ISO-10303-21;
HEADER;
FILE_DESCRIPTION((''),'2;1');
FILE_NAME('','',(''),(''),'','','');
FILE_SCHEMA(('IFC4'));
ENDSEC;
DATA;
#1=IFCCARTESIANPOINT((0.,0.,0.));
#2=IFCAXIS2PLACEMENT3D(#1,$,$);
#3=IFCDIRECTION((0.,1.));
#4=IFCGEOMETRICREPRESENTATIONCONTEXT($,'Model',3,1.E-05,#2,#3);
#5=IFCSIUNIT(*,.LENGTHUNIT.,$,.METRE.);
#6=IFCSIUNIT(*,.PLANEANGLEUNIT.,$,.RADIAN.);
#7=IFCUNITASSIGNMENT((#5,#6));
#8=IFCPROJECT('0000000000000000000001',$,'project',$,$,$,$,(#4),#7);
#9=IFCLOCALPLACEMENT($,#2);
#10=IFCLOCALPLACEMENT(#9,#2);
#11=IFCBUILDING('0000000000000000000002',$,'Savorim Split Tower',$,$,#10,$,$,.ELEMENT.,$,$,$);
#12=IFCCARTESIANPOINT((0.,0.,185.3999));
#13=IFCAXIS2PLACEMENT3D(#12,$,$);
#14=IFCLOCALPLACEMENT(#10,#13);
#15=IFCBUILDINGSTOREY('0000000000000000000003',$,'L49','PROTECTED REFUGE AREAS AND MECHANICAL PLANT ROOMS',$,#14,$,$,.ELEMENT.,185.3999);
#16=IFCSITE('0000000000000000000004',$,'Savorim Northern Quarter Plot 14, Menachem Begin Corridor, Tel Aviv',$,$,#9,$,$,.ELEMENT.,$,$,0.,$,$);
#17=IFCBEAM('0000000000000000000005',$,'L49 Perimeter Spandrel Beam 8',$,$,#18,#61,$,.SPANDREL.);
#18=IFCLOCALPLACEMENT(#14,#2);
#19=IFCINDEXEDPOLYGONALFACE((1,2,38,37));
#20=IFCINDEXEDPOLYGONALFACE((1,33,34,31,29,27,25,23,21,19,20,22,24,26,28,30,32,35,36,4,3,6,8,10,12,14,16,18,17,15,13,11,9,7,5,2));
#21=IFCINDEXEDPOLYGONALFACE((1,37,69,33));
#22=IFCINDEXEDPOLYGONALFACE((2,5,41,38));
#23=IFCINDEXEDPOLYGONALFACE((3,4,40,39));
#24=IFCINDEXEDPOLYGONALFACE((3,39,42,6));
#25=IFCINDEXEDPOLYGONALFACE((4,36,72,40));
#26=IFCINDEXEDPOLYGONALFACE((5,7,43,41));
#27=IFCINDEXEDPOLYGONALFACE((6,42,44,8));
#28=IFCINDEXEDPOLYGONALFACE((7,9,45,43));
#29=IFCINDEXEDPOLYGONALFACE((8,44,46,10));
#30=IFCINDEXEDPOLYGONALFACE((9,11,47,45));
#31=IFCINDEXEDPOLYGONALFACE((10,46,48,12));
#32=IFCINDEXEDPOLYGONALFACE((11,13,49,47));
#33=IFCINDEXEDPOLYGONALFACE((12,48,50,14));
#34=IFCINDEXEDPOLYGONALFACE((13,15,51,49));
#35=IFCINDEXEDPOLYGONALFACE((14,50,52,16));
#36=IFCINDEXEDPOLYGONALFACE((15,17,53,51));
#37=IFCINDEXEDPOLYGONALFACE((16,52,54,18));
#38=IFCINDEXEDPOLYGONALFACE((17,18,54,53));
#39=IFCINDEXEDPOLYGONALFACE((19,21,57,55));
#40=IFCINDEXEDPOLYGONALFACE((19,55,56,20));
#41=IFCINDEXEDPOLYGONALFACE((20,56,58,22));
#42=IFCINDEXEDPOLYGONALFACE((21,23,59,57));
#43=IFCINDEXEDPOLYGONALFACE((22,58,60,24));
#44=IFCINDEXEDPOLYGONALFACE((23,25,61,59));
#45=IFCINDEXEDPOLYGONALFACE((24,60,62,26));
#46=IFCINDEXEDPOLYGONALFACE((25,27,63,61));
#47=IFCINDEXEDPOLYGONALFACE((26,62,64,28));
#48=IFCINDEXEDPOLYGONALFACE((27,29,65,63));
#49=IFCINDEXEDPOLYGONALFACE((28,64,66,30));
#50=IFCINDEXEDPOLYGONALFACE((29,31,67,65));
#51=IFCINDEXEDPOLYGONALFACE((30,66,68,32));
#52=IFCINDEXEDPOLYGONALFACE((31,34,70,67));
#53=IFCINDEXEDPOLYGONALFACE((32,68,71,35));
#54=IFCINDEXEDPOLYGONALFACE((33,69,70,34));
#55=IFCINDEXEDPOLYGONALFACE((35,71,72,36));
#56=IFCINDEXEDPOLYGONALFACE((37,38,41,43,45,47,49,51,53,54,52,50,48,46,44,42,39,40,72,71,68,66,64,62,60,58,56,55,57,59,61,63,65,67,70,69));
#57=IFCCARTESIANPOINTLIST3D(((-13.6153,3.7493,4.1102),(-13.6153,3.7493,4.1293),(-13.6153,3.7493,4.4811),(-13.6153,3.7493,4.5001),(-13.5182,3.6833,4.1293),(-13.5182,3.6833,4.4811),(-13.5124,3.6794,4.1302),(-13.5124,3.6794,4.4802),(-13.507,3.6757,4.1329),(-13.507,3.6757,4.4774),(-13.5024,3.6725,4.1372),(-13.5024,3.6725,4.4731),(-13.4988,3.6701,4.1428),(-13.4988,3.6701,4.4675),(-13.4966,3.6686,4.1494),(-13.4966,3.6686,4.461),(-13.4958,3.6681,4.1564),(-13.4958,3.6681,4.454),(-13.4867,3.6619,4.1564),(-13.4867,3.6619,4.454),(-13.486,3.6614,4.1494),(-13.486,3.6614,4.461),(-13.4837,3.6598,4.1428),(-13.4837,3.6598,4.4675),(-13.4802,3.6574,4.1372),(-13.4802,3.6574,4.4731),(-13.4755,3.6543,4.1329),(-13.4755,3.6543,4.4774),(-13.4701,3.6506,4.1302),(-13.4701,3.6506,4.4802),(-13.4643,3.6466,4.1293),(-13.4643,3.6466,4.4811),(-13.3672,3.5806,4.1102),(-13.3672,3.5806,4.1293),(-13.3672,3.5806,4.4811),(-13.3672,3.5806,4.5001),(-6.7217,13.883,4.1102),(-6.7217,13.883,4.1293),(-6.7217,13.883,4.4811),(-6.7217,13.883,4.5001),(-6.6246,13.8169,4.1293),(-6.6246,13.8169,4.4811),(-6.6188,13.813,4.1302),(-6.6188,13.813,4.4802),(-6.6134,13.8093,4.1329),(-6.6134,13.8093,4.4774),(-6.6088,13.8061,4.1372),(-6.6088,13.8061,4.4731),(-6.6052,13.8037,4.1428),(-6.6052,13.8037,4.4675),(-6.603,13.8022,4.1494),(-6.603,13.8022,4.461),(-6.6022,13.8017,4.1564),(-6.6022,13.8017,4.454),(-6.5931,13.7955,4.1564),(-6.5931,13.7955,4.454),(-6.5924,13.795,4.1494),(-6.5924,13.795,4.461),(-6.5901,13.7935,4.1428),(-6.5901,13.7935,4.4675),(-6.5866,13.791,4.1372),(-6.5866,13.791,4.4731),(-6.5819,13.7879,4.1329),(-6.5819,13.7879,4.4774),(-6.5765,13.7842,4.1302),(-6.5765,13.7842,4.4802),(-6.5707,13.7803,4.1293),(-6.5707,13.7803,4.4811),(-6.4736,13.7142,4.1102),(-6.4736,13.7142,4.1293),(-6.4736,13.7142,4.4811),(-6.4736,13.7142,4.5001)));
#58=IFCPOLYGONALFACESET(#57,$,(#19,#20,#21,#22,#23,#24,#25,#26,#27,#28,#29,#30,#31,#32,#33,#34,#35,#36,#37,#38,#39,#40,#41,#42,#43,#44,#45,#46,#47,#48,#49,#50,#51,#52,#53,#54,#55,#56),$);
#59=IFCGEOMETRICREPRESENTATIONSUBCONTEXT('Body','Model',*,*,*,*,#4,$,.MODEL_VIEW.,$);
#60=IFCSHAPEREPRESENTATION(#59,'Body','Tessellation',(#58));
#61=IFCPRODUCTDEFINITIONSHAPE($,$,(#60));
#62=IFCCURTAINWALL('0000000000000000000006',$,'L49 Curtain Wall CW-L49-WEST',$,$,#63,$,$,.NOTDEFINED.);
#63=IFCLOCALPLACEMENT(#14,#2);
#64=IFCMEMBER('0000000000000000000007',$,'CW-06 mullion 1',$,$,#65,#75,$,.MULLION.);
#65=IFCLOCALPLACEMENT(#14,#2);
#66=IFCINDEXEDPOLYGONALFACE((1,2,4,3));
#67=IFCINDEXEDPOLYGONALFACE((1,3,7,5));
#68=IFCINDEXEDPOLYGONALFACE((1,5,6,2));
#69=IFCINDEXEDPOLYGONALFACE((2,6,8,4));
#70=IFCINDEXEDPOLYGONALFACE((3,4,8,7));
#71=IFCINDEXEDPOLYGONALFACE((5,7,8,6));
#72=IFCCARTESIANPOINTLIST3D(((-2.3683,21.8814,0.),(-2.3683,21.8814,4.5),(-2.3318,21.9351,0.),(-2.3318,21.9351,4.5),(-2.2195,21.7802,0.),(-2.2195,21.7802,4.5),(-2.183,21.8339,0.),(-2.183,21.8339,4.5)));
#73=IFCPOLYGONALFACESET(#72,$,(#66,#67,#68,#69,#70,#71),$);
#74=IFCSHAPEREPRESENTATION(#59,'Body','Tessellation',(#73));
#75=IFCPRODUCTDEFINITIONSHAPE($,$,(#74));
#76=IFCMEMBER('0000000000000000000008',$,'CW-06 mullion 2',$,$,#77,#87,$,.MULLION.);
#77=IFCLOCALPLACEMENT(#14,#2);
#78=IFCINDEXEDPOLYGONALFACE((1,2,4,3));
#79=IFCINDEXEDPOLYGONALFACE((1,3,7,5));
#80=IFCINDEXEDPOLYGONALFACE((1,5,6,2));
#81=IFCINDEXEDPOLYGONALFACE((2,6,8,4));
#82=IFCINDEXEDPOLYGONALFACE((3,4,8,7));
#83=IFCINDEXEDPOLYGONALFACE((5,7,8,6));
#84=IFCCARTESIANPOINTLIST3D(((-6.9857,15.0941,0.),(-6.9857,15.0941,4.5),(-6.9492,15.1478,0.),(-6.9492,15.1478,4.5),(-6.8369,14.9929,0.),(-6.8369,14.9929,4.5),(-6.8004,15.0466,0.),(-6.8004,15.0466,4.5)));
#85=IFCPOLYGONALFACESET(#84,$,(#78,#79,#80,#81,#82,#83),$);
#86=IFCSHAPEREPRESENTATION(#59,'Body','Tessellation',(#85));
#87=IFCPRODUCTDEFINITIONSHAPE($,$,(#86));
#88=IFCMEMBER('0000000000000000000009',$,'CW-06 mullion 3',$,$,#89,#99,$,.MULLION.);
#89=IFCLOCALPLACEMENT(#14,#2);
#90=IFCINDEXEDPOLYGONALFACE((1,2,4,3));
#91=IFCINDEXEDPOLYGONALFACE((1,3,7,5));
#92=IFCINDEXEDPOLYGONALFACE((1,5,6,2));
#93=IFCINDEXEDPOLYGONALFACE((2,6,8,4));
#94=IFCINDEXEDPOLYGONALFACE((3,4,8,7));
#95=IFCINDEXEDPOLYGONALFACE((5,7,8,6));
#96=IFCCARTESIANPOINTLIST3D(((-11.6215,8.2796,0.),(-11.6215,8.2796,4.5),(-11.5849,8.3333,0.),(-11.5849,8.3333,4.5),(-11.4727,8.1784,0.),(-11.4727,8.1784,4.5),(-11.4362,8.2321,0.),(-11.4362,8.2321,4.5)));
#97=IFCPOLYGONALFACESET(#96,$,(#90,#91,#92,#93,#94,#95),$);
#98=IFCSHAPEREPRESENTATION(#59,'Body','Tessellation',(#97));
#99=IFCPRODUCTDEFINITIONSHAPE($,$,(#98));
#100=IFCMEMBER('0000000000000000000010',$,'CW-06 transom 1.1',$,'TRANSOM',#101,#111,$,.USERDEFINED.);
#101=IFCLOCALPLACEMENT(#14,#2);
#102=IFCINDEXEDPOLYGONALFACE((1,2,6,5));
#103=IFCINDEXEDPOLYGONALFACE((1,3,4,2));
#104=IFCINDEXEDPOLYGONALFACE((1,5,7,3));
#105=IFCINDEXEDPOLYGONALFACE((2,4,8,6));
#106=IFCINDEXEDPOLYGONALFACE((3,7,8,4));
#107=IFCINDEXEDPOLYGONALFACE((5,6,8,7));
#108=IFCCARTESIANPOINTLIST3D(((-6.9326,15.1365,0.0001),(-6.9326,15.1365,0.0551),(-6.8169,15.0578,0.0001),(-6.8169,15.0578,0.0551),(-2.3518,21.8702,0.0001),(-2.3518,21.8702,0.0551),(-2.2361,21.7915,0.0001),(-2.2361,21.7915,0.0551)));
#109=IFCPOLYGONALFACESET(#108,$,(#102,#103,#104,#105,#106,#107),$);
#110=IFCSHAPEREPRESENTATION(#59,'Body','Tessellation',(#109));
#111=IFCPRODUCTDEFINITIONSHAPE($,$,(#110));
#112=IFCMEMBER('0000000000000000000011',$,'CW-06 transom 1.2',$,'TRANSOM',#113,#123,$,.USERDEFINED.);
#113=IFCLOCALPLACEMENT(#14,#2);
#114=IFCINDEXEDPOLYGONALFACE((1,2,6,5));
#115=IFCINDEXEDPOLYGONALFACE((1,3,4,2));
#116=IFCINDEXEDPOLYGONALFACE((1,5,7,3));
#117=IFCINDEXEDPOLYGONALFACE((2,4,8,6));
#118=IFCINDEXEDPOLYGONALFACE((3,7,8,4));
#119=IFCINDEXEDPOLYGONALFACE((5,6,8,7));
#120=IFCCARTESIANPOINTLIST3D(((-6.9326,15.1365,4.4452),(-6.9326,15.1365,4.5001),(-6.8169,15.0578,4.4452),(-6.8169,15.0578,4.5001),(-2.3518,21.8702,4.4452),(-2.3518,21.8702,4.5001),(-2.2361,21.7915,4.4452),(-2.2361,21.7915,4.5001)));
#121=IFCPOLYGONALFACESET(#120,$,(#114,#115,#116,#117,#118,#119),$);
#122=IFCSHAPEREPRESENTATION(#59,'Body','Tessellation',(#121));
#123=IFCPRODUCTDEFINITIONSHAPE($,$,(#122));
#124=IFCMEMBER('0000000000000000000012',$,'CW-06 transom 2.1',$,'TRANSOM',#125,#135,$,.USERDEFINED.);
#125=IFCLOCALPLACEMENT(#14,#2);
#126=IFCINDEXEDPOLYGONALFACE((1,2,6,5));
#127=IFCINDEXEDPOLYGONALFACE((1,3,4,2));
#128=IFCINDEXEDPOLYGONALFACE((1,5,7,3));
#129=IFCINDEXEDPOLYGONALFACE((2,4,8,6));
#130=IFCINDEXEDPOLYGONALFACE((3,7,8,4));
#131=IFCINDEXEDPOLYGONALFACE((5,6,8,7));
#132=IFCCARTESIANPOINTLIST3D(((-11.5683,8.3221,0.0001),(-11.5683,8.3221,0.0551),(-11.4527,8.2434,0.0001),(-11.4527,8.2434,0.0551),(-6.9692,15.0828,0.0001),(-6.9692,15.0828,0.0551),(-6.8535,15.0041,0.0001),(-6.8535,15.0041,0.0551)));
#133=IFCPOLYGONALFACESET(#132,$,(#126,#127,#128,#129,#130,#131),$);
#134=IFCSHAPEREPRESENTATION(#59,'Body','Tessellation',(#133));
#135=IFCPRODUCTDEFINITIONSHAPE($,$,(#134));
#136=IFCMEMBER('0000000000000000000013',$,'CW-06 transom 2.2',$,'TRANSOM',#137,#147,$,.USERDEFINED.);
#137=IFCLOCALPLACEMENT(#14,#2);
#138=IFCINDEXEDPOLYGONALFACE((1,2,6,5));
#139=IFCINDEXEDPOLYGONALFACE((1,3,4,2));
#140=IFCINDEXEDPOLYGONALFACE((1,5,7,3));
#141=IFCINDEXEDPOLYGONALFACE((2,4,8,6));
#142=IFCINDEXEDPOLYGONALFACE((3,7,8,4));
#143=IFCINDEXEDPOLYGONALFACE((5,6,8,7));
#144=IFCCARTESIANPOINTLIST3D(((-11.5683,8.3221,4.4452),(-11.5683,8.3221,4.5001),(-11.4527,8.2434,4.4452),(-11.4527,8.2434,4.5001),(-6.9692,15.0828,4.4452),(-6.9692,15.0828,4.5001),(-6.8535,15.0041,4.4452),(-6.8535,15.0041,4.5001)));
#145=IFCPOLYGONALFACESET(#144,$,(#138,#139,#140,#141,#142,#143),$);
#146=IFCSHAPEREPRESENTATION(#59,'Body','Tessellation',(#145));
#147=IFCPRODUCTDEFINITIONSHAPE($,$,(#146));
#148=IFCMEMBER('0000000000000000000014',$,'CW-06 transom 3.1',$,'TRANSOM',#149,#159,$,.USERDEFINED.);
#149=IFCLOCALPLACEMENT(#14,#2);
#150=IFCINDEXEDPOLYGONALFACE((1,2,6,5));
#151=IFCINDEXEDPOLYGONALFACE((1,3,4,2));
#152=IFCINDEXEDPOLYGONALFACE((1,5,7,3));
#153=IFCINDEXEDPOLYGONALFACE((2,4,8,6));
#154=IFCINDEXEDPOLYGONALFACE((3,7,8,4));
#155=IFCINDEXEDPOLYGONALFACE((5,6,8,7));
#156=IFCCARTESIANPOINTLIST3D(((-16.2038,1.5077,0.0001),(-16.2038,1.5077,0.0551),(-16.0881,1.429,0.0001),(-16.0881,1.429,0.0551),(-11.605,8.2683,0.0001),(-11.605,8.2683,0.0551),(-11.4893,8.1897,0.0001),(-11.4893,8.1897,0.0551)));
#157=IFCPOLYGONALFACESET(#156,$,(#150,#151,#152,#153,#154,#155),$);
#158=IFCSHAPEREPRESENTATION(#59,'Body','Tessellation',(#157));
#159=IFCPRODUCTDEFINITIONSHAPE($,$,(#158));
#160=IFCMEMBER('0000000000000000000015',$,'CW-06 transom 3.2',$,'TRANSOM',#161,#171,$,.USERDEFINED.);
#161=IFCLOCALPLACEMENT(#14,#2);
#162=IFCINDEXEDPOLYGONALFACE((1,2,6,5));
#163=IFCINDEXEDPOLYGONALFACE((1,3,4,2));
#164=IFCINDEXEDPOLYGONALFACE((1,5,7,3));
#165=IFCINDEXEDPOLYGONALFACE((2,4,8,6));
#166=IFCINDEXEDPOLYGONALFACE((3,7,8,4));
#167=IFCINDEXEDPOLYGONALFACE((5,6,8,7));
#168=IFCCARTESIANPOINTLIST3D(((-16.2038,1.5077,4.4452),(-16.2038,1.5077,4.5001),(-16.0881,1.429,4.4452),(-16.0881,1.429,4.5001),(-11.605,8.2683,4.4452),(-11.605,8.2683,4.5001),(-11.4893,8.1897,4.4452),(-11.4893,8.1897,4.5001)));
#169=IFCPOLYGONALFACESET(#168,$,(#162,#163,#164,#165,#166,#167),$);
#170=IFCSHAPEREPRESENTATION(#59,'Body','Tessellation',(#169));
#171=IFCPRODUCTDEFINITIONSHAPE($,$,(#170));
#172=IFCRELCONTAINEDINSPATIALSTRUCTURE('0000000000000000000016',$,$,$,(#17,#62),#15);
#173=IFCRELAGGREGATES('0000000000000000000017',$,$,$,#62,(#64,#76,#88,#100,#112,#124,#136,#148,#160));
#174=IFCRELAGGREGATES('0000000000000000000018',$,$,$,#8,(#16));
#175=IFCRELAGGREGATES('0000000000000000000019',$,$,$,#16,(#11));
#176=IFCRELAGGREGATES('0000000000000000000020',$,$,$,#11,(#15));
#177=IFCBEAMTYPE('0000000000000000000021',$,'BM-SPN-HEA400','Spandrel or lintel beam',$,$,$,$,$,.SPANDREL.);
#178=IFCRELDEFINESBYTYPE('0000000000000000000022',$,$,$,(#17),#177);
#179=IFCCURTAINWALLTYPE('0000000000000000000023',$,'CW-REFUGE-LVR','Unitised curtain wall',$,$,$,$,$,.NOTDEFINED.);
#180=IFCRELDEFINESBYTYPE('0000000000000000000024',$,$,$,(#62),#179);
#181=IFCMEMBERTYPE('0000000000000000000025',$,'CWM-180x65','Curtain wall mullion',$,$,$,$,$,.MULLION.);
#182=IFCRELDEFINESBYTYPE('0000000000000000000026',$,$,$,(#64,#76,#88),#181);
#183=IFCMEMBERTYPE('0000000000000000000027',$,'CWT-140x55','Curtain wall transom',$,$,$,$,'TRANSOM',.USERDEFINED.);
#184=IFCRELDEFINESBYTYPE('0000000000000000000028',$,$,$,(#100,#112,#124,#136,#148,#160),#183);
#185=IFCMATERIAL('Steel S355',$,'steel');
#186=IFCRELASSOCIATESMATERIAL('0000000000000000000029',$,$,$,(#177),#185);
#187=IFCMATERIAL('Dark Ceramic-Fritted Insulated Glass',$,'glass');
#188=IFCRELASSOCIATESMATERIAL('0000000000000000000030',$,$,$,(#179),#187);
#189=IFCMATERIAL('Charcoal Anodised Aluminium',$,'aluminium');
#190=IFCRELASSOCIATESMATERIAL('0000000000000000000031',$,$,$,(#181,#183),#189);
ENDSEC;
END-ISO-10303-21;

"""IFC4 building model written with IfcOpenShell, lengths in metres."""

from ifc_helpers import new_model, si_unit, direction, frame, origin, origin_2d, place, context, subcontext, project, spatial, rectangle, i_section, extrude, material, material_profile, profile_set, type_object, element, aggregate, save


model = new_model("IFC4")

# Units and contexts
model_context = context("Model", 3, precision=1e-05, world=origin(), true_north=direction((0.0, 1.0)))
body_context = subcontext(model_context, "Body", "Model", "MODEL_VIEW")
ifc_project = project(units=[si_unit("LENGTHUNIT", "METRE"), si_unit("PLANEANGLEUNIT", "RADIAN")], contexts=[model_context])

# Site, building, storey
site_placement = place(None, origin())
site = spatial("IfcSite", under=ifc_project, at=site_placement, Name="Savorim Northern Quarter Plot 14, Menachem Begin Corridor, Tel Aviv", CompositionType="ELEMENT", RefElevation=0.0)
building_placement = place(site_placement, origin())
building = spatial("IfcBuilding", under=site, at=building_placement, Name="Savorim Split Tower", CompositionType="ELEMENT")
storey_placement = place(building_placement, frame((0.0, 0.0, 185.3999)))
storey = spatial("IfcBuildingStorey", under=building, at=storey_placement, Name="L49", Description="PROTECTED REFUGE AREAS AND MECHANICAL PLANT ROOMS", CompositionType="ELEMENT", Elevation=185.3999)

# Shared definitions
ifc_material_1 = material(Name="Steel S355", Category="steel")

# Beam
ifc_material_profile_1 = material_profile(ifc_material_1, i_section(OverallWidth=0.3, OverallDepth=0.3899, WebThickness=0.011, FlangeThickness=0.019, FilletRadius=0.0271, at=origin_2d()), Name="HEA 400")
ifc_profile_set_1 = profile_set([ifc_material_profile_1], Name="Steel S355")
beam_type_1 = type_object("IfcBeamType", Name="BM-SPN-HEA400", Description="Spandrel or lintel beam", PredefinedType="SPANDREL", material=ifc_profile_set_1)
beam_1_placement = place(storey_placement, frame((-6.5977, 13.7986, 4.3052), z_axis=(-0.562463, -0.826822, 0.0), x_axis=(0.826822, -0.562463, 0.0)))
element("IfcBeam", 1, at=beam_1_placement, inside=storey, type_object=beam_type_1, Name="L49 Perimeter Spandrel Beam 8", PredefinedType="SPANDREL", context=body_context, shape_type="SweptSolid", body=[
    extrude(i_section(OverallWidth=0.3, OverallDepth=0.3899, WebThickness=0.011, FlangeThickness=0.019, FilletRadius=0.0271, at=origin_2d()), origin(), (0.0, 0.0, 1.0), 12.2561),
])

# Curtain wall, members
ifc_material_2 = material(Name="Dark Ceramic-Fritted Insulated Glass", Category="glass")
curtain_wall_type = type_object("IfcCurtainWallType", Name="CW-REFUGE-LVR", Description="Unitised curtain wall", PredefinedType="NOTDEFINED", material=ifc_material_2)
curtain_wall_placement = place(storey_placement, origin())
curtain_wall = element("IfcCurtainWall", 2, at=curtain_wall_placement, inside=storey, type_object=curtain_wall_type, Name="L49 Curtain Wall CW-L49-WEST", PredefinedType="NOTDEFINED")
ifc_material_3 = material(Name="Charcoal Anodised Aluminium", Category="aluminium")
ifc_material_profile_2 = material_profile(ifc_material_3, rectangle(XDim=0.1799, YDim=0.0649, at=origin_2d()), Name="ALU-M 180x65")
ifc_profile_set_2 = profile_set([ifc_material_profile_2], Name="Charcoal Anodised Aluminium")
member_type_1 = type_object("IfcMemberType", Name="CWM-180x65", Description="Curtain wall mullion", PredefinedType="MULLION", material=ifc_profile_set_2)
member_1_placement = place(storey_placement, frame((-2.2756, 21.8577, 0.0), z_axis=(0.0, 0.0, 1.0), x_axis=(0.82682, -0.562466, 0.0)))
member_1 = element("IfcMember", 3, at=member_1_placement, type_object=member_type_1, Name="CW-06 mullion 1", PredefinedType="MULLION", context=body_context, shape_type="SweptSolid", body=[
    extrude(rectangle(XDim=0.1799, YDim=0.0649, at=origin_2d()), origin(), (0.0, 0.0, 1.0), 4.5),
])
member_2_placement = place(storey_placement, frame((-6.8931, 15.0703, 0.0), z_axis=(0.0, 0.0, 1.0), x_axis=(0.82682, -0.562466, 0.0)))
member_2 = element("IfcMember", 4, at=member_2_placement, type_object=member_type_1, Name="CW-06 mullion 2", PredefinedType="MULLION", context=body_context, shape_type="SweptSolid", body=[
    extrude(rectangle(XDim=0.1799, YDim=0.0649, at=origin_2d()), origin(), (0.0, 0.0, 1.0), 4.5),
])
member_3_placement = place(storey_placement, frame((-11.5288, 8.2559, 0.0), z_axis=(0.0, 0.0, 1.0), x_axis=(0.82682, -0.562466, 0.0)))
member_3 = element("IfcMember", 5, at=member_3_placement, type_object=member_type_1, Name="CW-06 mullion 3", PredefinedType="MULLION", context=body_context, shape_type="SweptSolid", body=[
    extrude(rectangle(XDim=0.1799, YDim=0.0649, at=origin_2d()), origin(), (0.0, 0.0, 1.0), 4.5),
])
ifc_material_profile_3 = material_profile(ifc_material_3, rectangle(XDim=0.1399, YDim=0.0549, at=origin_2d()), Name="ALU-T 140x55")
ifc_profile_set_3 = profile_set([ifc_material_profile_3], Name="Charcoal Anodised Aluminium")
member_type_2 = type_object("IfcMemberType", Name="CWT-140x55", Description="Curtain wall transom", ElementType="TRANSOM", PredefinedType="USERDEFINED", material=ifc_profile_set_3)
member_4_placement = place(storey_placement, frame((-2.2939, 21.8308, 0.0276), z_axis=(-0.562472, -0.826816, 0.0), x_axis=(0.826816, -0.562472, 0.0)))
member_4 = element("IfcMember", 6, at=member_4_placement, type_object=member_type_2, Name="CW-06 transom 1.1", ObjectType="TRANSOM", PredefinedType="USERDEFINED", context=body_context, shape_type="SweptSolid", body=[
    extrude(rectangle(XDim=0.1399, YDim=0.0549, at=origin_2d()), origin(), (0.0, 0.0, 1.0), 8.144),
])
member_5_placement = place(storey_placement, frame((-2.2939, 21.8308, 4.4727), z_axis=(-0.562472, -0.826816, 0.0), x_axis=(0.826816, -0.562472, 0.0)))
member_5 = element("IfcMember", 7, at=member_5_placement, type_object=member_type_2, Name="CW-06 transom 1.2", ObjectType="TRANSOM", PredefinedType="USERDEFINED", context=body_context, shape_type="SweptSolid", body=[
    extrude(rectangle(XDim=0.1399, YDim=0.0549, at=origin_2d()), origin(), (0.0, 0.0, 1.0), 8.144),
])
member_6_placement = place(storey_placement, frame((-6.9114, 15.0435, 0.0276), z_axis=(-0.562462, -0.826823, 0.0), x_axis=(0.826823, -0.562462, 0.0)))
member_6 = element("IfcMember", 8, at=member_6_placement, type_object=member_type_2, Name="CW-06 transom 2.1", ObjectType="TRANSOM", PredefinedType="USERDEFINED", context=body_context, shape_type="SweptSolid", body=[
    extrude(rectangle(XDim=0.1399, YDim=0.0549, at=origin_2d()), origin(), (0.0, 0.0, 1.0), 8.1768),
])
member_7_placement = place(storey_placement, frame((-6.9114, 15.0435, 4.4727), z_axis=(-0.562462, -0.826823, 0.0), x_axis=(0.826823, -0.562462, 0.0)))
member_7 = element("IfcMember", 9, at=member_7_placement, type_object=member_type_2, Name="CW-06 transom 2.2", ObjectType="TRANSOM", PredefinedType="USERDEFINED", context=body_context, shape_type="SweptSolid", body=[
    extrude(rectangle(XDim=0.1399, YDim=0.0549, at=origin_2d()), origin(), (0.0, 0.0, 1.0), 8.1768),
])
member_8_placement = place(storey_placement, frame((-11.5471, 8.229, 0.0276), z_axis=(-0.562442, -0.826837, 0.0), x_axis=(0.826837, -0.562442, 0.0)))
member_8 = element("IfcMember", 10, at=member_8_placement, type_object=member_type_2, Name="CW-06 transom 3.1", ObjectType="TRANSOM", PredefinedType="USERDEFINED", context=body_context, shape_type="SweptSolid", body=[
    extrude(rectangle(XDim=0.1399, YDim=0.0549, at=origin_2d()), origin(), (0.0, 0.0, 1.0), 8.1765),
])
member_9_placement = place(storey_placement, frame((-11.5471, 8.229, 4.4727), z_axis=(-0.562442, -0.826837, 0.0), x_axis=(0.826837, -0.562442, 0.0)))
member_9 = element("IfcMember", 11, at=member_9_placement, type_object=member_type_2, Name="CW-06 transom 3.2", ObjectType="TRANSOM", PredefinedType="USERDEFINED", context=body_context, shape_type="SweptSolid", body=[
    extrude(rectangle(XDim=0.1399, YDim=0.0549, at=origin_2d()), origin(), (0.0, 0.0, 1.0), 8.1765),
])

aggregate(curtain_wall, [member_1, member_2, member_3, member_4, member_5, member_6, member_7, member_8, member_9])

save(model, "model.ifc")
